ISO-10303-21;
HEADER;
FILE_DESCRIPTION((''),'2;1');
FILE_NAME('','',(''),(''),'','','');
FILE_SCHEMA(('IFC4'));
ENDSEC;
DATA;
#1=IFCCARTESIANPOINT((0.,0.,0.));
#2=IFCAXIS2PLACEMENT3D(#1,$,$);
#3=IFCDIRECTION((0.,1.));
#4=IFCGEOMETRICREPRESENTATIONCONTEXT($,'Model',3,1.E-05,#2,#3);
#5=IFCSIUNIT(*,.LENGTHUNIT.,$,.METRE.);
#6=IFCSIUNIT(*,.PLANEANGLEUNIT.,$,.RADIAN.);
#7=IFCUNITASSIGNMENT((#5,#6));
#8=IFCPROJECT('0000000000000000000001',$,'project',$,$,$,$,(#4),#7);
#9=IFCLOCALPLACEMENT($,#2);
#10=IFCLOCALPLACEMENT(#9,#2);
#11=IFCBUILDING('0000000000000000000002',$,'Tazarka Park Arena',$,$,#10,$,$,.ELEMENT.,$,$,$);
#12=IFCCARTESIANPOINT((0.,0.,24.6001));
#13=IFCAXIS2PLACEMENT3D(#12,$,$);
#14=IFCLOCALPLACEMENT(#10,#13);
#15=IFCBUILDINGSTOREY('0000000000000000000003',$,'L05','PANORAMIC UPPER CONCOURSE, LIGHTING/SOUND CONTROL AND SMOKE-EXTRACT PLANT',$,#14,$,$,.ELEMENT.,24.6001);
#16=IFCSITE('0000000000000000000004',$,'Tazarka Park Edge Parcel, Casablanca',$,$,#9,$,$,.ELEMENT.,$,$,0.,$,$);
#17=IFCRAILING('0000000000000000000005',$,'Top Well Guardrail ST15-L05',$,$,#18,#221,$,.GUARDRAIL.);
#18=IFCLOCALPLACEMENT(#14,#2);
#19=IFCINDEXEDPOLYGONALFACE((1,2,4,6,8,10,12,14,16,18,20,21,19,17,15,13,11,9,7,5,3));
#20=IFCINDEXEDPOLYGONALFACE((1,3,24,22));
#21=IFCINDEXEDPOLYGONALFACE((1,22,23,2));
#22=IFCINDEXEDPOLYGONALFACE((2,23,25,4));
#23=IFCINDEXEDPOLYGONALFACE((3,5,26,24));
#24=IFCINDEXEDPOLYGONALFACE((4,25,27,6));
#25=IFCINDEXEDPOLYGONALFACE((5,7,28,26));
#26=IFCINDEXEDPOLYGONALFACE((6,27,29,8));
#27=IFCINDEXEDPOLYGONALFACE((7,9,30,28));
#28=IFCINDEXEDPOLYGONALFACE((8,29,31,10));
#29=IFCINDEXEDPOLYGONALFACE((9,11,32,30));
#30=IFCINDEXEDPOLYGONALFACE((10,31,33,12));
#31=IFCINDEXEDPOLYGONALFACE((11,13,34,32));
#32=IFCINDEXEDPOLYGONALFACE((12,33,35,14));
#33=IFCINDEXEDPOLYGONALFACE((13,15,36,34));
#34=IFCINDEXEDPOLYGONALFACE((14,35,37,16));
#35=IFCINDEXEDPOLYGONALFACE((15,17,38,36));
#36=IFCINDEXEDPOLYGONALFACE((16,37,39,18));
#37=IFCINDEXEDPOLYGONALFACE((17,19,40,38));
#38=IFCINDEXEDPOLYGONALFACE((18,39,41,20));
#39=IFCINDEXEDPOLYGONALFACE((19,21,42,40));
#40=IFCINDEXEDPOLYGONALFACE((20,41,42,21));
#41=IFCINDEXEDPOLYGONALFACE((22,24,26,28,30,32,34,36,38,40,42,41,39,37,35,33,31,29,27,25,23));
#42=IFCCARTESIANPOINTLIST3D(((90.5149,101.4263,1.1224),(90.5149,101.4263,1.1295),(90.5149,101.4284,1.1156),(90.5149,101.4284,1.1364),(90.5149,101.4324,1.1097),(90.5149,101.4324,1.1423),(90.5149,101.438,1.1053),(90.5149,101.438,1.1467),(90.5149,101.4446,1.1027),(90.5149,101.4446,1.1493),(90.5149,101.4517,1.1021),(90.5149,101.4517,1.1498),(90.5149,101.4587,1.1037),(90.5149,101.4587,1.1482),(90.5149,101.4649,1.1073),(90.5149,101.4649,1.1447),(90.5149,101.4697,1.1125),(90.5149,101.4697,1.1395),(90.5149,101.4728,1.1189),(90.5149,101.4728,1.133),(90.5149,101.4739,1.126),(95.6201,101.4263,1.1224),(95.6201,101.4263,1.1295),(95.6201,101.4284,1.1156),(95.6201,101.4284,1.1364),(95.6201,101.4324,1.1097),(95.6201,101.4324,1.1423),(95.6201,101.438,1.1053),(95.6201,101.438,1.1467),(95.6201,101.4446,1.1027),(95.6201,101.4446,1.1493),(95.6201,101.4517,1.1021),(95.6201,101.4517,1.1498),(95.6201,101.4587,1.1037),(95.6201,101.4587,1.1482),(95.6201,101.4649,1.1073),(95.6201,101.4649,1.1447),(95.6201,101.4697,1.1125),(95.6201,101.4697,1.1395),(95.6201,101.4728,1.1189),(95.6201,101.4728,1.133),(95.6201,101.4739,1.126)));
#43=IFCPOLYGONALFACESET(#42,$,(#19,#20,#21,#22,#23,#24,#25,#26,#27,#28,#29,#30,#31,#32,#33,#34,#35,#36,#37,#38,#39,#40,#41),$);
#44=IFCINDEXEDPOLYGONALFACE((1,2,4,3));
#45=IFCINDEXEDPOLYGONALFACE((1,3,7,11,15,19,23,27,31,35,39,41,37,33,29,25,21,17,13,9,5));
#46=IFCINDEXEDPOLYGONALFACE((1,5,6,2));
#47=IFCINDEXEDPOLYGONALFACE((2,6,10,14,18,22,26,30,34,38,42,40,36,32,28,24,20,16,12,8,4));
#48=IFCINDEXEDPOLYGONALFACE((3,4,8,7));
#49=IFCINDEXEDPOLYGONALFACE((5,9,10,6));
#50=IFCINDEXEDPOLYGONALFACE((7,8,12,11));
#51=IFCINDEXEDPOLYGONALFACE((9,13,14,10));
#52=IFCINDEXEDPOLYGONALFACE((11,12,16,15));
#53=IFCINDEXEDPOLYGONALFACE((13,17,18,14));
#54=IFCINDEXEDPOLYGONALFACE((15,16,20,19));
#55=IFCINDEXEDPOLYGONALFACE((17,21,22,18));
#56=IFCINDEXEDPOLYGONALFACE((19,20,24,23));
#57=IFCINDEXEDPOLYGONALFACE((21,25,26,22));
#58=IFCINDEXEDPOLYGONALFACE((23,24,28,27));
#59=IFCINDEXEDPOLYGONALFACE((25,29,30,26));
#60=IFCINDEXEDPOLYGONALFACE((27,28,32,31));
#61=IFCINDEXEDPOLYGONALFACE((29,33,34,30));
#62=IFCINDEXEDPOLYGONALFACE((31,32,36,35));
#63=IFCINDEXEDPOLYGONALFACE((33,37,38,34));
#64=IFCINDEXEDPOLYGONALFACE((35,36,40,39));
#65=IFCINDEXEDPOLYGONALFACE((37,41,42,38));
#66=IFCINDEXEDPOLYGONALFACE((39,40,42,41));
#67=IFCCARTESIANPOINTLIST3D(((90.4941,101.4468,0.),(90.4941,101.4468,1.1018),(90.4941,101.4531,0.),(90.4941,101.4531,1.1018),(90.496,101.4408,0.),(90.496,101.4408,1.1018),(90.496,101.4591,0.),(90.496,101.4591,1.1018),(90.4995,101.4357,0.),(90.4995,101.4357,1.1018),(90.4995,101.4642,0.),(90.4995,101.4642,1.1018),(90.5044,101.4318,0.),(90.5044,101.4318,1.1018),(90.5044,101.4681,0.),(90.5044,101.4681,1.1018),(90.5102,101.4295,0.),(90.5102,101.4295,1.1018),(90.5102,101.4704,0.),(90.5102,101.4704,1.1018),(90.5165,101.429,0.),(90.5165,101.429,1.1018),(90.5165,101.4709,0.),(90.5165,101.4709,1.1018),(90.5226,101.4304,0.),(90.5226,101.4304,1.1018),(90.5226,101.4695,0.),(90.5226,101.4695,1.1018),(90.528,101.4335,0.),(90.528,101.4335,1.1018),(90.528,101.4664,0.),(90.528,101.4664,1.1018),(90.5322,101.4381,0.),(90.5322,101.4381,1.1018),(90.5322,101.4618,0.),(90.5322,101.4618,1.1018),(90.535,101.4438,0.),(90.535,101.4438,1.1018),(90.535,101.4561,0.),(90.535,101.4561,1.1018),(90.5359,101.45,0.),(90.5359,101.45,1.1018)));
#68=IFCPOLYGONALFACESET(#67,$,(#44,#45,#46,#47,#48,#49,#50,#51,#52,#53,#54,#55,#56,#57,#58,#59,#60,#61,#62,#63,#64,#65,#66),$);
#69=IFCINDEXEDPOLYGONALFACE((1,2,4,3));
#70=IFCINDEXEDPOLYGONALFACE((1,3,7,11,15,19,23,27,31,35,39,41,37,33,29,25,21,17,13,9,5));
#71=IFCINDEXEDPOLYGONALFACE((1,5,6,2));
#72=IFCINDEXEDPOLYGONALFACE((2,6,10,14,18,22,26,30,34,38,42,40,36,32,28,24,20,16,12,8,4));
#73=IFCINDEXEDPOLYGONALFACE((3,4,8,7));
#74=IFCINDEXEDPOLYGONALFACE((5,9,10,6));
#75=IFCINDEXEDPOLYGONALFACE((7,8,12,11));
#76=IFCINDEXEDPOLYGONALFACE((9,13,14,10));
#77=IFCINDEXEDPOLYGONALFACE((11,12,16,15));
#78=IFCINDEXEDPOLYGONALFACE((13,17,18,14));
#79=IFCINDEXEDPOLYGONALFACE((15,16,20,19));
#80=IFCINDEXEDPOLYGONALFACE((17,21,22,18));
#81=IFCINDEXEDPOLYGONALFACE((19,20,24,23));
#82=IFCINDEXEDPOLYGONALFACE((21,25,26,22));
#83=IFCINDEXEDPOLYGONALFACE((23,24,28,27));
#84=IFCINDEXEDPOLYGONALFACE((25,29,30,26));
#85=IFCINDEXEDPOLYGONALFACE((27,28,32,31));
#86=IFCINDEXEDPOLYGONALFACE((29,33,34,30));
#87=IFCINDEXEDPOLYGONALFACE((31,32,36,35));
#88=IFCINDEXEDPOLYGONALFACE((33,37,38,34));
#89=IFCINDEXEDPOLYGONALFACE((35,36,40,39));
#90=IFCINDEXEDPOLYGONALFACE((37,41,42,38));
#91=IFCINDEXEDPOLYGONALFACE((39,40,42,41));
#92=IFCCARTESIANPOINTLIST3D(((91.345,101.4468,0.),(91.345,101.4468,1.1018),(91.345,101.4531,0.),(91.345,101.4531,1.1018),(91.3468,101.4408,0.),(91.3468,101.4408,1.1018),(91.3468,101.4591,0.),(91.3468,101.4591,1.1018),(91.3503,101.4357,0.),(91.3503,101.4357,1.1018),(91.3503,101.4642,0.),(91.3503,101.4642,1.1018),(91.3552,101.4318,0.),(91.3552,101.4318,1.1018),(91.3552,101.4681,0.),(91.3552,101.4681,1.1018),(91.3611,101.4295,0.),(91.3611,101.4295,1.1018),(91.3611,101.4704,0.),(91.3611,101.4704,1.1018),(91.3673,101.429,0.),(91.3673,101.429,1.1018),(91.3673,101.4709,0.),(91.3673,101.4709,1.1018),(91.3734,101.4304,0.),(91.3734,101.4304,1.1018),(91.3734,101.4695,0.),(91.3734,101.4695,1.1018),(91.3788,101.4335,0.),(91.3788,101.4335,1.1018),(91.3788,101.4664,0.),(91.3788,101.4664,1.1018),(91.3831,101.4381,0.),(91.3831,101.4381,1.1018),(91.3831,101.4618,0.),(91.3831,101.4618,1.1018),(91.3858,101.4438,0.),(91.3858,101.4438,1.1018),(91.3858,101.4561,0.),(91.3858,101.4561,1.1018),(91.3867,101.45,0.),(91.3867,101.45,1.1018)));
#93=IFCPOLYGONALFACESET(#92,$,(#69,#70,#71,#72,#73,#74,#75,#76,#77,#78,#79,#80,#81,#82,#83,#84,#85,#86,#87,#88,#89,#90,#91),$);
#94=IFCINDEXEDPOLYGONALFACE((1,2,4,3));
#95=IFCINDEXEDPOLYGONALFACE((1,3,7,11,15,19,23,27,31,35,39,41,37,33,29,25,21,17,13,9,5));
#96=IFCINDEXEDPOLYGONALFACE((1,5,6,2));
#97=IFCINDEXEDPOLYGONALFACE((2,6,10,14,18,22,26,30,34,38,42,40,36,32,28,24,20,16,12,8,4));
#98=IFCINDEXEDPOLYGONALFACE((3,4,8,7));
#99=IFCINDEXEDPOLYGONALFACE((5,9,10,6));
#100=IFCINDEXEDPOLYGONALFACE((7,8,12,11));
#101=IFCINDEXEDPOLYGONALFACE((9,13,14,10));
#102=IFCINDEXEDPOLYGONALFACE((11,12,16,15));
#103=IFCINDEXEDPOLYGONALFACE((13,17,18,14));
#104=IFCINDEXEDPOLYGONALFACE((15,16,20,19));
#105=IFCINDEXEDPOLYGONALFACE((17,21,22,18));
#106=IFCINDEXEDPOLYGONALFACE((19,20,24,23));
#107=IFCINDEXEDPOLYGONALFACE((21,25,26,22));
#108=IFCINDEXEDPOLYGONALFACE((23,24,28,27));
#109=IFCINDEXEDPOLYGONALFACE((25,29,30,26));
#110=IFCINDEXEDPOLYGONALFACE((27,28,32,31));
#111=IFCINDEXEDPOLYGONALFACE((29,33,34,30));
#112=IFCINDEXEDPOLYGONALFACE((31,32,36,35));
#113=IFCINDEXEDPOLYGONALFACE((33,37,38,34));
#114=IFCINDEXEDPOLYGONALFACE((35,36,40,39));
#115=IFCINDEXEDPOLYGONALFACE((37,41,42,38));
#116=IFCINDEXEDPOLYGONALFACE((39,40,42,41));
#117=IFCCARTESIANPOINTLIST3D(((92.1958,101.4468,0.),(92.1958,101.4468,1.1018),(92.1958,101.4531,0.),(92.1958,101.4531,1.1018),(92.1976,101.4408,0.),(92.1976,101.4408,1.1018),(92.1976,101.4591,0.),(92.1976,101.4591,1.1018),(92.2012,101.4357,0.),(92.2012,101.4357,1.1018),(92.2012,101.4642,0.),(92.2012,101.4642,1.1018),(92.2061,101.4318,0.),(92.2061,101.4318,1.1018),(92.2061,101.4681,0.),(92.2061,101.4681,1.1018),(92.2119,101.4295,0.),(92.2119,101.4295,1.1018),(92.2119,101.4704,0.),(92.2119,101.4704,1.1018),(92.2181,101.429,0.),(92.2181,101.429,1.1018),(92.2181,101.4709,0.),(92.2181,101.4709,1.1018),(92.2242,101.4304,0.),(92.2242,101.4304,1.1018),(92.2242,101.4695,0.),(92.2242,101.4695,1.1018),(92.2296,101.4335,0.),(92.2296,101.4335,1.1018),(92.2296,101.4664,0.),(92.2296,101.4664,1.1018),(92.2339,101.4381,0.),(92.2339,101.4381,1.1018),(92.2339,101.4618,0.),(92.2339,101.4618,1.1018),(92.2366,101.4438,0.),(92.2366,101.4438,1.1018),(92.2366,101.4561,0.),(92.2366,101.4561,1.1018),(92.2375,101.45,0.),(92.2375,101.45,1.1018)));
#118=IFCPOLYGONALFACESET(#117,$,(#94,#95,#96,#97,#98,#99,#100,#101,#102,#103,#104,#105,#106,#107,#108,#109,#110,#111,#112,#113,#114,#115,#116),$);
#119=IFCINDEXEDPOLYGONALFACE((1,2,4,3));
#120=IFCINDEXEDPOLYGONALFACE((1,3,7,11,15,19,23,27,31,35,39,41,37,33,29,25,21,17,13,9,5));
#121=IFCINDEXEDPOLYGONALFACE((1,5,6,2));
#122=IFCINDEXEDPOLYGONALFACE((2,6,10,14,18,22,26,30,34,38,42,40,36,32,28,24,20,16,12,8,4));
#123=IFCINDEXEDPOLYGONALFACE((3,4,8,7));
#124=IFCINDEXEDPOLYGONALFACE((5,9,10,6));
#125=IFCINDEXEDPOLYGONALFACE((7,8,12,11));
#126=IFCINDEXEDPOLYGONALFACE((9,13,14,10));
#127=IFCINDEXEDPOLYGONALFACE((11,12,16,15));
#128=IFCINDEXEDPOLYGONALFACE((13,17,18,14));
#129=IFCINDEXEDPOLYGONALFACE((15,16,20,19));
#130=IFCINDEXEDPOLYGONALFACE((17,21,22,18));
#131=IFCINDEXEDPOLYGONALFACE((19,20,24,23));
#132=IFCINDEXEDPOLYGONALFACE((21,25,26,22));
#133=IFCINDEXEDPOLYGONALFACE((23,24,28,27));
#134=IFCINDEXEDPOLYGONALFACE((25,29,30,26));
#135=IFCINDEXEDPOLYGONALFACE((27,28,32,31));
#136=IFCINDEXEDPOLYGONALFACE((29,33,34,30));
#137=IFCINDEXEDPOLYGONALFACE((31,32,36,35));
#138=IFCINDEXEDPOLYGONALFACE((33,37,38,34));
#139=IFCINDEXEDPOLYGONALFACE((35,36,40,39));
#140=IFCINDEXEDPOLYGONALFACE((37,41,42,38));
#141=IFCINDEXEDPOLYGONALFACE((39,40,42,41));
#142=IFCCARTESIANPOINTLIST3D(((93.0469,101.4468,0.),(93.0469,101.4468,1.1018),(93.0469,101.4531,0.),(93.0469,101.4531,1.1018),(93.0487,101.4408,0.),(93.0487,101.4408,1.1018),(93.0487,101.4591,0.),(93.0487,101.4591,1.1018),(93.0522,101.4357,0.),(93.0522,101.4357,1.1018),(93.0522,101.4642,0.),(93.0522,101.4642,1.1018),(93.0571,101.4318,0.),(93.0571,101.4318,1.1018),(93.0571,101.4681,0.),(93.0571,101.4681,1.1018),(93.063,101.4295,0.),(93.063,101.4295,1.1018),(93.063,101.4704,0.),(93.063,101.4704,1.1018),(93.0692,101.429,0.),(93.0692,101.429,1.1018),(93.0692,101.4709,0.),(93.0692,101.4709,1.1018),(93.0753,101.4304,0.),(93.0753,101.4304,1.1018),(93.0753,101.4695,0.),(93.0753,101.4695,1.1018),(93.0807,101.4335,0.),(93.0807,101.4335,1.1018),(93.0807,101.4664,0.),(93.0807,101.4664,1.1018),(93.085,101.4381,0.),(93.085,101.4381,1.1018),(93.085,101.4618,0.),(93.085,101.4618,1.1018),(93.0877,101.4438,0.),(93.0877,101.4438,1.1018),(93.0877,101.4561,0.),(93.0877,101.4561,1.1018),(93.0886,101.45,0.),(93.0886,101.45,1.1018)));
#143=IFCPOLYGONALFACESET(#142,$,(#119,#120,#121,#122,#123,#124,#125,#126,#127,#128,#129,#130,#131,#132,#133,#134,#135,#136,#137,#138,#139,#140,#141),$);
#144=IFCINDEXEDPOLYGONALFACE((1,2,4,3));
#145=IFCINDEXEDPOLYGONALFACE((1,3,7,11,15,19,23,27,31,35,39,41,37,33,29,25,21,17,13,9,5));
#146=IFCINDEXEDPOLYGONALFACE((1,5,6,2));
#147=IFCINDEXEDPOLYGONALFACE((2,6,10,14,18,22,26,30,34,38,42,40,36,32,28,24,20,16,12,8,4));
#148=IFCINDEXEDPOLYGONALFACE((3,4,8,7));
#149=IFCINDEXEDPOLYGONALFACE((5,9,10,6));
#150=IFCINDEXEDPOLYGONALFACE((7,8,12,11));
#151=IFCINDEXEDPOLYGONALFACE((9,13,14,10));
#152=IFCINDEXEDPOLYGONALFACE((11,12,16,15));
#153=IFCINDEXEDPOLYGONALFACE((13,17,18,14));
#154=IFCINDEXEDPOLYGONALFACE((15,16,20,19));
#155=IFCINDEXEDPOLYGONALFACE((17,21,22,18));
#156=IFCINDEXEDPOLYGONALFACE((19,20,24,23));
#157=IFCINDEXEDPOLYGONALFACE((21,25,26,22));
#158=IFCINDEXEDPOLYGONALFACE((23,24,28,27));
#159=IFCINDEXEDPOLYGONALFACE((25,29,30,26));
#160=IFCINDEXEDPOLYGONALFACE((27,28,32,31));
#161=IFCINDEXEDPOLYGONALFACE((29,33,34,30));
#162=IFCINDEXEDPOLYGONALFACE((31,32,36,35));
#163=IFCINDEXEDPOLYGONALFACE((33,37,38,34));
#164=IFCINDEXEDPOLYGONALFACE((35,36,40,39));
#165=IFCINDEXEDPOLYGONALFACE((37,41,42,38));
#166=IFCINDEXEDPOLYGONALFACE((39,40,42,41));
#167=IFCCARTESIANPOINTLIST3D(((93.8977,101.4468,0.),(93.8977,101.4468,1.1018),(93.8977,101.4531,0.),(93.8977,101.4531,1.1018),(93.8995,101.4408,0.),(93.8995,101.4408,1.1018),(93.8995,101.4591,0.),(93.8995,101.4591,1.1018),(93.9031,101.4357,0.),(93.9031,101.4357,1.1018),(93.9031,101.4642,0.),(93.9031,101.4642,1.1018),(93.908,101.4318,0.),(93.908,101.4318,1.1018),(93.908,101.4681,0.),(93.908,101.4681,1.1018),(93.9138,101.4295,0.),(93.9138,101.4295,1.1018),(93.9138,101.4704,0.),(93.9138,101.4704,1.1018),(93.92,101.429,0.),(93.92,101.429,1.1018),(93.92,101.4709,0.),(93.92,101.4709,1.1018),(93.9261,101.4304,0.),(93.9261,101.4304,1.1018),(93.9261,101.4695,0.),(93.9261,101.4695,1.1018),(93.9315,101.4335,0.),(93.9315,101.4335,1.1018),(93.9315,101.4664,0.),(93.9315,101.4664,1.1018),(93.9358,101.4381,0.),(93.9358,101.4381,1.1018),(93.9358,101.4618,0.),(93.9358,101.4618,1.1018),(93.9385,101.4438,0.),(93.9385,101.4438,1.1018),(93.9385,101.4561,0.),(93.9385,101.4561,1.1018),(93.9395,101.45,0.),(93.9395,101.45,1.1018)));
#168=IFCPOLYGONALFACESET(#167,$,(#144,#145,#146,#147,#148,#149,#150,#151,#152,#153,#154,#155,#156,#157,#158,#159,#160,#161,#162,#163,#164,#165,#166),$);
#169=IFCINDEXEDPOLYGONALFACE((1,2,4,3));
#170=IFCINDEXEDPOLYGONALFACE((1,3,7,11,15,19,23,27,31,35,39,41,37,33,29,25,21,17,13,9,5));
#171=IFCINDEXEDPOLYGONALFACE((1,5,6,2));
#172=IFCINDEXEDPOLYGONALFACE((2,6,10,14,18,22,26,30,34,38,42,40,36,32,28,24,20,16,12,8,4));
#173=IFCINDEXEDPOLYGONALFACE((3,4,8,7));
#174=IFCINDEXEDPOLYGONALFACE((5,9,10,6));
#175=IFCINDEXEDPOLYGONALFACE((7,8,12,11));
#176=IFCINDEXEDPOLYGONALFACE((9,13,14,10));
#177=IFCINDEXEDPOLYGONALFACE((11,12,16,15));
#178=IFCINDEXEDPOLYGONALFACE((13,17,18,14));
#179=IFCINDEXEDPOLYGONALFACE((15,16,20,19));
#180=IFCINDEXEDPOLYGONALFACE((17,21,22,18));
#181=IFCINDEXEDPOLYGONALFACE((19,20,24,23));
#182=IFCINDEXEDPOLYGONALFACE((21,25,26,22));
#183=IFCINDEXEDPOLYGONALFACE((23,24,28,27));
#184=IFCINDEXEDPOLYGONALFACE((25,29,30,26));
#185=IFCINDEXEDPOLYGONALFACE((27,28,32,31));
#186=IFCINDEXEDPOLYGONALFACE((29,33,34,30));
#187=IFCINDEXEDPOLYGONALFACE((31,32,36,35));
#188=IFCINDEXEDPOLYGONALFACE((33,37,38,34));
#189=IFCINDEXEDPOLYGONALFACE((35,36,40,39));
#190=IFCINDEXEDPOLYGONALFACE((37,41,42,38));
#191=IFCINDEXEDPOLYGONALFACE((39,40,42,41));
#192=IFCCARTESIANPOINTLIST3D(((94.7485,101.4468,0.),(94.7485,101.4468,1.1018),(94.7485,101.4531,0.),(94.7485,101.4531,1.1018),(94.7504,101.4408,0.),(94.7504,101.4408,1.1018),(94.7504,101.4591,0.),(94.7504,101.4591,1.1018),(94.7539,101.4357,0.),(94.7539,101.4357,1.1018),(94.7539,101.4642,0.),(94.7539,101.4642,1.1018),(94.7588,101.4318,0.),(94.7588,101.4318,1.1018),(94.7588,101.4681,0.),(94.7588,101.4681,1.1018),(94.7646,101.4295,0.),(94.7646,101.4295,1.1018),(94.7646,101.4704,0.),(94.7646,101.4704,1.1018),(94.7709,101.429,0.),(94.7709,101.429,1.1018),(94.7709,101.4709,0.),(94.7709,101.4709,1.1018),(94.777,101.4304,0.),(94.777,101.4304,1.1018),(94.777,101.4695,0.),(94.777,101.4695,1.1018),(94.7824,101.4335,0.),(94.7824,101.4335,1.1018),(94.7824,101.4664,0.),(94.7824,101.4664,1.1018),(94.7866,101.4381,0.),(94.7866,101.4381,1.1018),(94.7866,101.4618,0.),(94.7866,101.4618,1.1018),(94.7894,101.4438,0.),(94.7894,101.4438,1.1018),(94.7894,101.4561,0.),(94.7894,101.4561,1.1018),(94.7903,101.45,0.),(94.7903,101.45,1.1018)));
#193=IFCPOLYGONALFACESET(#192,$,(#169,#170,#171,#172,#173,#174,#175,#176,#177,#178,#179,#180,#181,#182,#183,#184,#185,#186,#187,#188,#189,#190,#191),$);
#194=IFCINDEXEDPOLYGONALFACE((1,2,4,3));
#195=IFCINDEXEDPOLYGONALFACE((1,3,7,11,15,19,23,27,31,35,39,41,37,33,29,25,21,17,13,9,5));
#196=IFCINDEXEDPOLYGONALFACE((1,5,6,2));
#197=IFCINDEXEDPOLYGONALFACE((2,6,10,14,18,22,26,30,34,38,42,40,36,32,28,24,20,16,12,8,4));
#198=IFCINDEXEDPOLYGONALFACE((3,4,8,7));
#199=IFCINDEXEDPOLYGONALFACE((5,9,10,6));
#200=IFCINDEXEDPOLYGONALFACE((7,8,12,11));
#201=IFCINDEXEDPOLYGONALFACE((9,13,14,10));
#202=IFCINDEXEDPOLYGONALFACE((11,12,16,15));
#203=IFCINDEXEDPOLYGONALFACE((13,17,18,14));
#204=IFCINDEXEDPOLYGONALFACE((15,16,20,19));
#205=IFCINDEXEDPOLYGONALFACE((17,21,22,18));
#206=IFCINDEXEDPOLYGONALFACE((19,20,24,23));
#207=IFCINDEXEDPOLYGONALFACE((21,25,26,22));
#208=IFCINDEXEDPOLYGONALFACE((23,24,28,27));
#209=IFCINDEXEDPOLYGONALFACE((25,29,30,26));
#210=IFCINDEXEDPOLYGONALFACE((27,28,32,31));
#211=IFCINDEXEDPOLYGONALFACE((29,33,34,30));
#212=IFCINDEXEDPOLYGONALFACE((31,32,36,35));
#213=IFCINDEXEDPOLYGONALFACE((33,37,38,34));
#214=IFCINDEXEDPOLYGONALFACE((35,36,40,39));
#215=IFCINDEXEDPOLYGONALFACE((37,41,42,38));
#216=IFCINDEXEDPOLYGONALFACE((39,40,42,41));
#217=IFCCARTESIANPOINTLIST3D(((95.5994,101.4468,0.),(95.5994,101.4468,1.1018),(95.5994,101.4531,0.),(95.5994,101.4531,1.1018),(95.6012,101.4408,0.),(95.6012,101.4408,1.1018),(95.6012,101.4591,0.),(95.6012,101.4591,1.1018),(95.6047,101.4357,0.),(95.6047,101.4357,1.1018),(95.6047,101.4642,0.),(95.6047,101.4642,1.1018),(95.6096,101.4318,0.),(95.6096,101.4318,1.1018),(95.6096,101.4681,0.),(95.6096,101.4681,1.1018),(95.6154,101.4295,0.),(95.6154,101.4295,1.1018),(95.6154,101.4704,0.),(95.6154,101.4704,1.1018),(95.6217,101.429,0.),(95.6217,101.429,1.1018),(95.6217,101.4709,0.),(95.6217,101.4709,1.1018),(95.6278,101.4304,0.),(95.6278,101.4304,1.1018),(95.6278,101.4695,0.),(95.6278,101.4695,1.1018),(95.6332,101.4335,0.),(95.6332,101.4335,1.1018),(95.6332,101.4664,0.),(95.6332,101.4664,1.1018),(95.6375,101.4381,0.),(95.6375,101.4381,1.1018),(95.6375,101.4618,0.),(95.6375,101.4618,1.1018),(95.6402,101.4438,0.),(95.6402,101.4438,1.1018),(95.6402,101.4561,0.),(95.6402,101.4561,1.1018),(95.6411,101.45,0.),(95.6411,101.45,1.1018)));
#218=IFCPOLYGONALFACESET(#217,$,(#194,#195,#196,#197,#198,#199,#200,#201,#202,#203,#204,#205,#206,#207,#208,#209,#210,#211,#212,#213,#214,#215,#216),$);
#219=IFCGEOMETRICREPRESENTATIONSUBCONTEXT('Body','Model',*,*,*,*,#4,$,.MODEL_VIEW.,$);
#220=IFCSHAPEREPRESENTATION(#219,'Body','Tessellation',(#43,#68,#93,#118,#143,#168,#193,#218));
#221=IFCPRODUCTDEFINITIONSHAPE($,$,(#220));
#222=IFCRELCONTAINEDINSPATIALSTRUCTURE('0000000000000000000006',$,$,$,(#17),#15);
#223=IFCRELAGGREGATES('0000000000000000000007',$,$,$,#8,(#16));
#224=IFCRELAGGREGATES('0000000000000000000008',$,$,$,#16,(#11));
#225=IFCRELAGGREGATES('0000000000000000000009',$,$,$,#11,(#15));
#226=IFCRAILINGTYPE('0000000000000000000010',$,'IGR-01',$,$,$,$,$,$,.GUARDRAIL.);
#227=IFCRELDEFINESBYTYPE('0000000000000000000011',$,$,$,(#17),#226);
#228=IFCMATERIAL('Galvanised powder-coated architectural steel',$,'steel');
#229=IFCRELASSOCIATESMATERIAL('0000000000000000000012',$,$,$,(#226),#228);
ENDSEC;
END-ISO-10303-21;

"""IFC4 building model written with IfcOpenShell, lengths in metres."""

from ifc_helpers import new_model, si_unit, direction, frame, origin, origin_2d, place, context, subcontext, project, spatial, circle, extrude, material, type_object, element, save


model = new_model("IFC4")

# Units and contexts
model_context = context("Model", 3, precision=1e-05, world=origin(), true_north=direction((0.0, 1.0)))
body_context = subcontext(model_context, "Body", "Model", "MODEL_VIEW")
ifc_project = project(units=[si_unit("LENGTHUNIT", "METRE"), si_unit("PLANEANGLEUNIT", "RADIAN")], contexts=[model_context])

# Site, building, storey
site_placement = place(None, origin())
site = spatial("IfcSite", under=ifc_project, at=site_placement, Name="Tazarka Park Edge Parcel, Casablanca", CompositionType="ELEMENT", RefElevation=0.0)
building_placement = place(site_placement, origin())
building = spatial("IfcBuilding", under=site, at=building_placement, Name="Tazarka Park Arena", CompositionType="ELEMENT")
storey_placement = place(building_placement, frame((0.0, 0.0, 24.6001)))
storey = spatial("IfcBuildingStorey", under=building, at=storey_placement, Name="L05", Description="PANORAMIC UPPER CONCOURSE, LIGHTING/SOUND CONTROL AND SMOKE-EXTRACT PLANT", CompositionType="ELEMENT", Elevation=24.6001)

# Railing
ifc_material_1 = material(Name="Galvanised powder-coated architectural steel", Category="steel")
railing_type = type_object("IfcRailingType", Name="IGR-01", PredefinedType="GUARDRAIL", material=ifc_material_1)
railing_placement = place(storey_placement, frame((90.5149, 101.45, 0.0)))
element("IfcRailing", 1, at=railing_placement, inside=storey, type_object=railing_type, Name="Top Well Guardrail ST15-L05", PredefinedType="GUARDRAIL", context=body_context, shape_type="SweptSolid", body=[
    extrude(circle(Radius=0.0239, at=origin_2d()), frame((0.0, 0.0, 1.126), z_axis=(1.0, 0.0, 0.0), x_axis=(0.0, 1.0, 0.0)), (0.0, 0.0, 1.0), 5.1052),
    extrude(circle(Radius=0.021, at=origin_2d()), origin(), (0.0, 0.0, 1.0), 1.1018),
    extrude(circle(Radius=0.021, at=origin_2d()), frame((0.8508, 0.0, 0.0)), (0.0, 0.0, 1.0), 1.1018),
    extrude(circle(Radius=0.021, at=origin_2d()), frame((1.7017, 0.0, 0.0)), (0.0, 0.0, 1.0), 1.1018),
    extrude(circle(Radius=0.021, at=origin_2d()), frame((2.5527, 0.0, 0.0)), (0.0, 0.0, 1.0), 1.1018),
    extrude(circle(Radius=0.021, at=origin_2d()), frame((3.4036, 0.0, 0.0)), (0.0, 0.0, 1.0), 1.1018),
    extrude(circle(Radius=0.021, at=origin_2d()), frame((4.2544, 0.0, 0.0)), (0.0, 0.0, 1.0), 1.1018),
    extrude(circle(Radius=0.021, at=origin_2d()), frame((5.1052, 0.0, 0.0)), (0.0, 0.0, 1.0), 1.1018),
])

save(model, "model.ifc")
